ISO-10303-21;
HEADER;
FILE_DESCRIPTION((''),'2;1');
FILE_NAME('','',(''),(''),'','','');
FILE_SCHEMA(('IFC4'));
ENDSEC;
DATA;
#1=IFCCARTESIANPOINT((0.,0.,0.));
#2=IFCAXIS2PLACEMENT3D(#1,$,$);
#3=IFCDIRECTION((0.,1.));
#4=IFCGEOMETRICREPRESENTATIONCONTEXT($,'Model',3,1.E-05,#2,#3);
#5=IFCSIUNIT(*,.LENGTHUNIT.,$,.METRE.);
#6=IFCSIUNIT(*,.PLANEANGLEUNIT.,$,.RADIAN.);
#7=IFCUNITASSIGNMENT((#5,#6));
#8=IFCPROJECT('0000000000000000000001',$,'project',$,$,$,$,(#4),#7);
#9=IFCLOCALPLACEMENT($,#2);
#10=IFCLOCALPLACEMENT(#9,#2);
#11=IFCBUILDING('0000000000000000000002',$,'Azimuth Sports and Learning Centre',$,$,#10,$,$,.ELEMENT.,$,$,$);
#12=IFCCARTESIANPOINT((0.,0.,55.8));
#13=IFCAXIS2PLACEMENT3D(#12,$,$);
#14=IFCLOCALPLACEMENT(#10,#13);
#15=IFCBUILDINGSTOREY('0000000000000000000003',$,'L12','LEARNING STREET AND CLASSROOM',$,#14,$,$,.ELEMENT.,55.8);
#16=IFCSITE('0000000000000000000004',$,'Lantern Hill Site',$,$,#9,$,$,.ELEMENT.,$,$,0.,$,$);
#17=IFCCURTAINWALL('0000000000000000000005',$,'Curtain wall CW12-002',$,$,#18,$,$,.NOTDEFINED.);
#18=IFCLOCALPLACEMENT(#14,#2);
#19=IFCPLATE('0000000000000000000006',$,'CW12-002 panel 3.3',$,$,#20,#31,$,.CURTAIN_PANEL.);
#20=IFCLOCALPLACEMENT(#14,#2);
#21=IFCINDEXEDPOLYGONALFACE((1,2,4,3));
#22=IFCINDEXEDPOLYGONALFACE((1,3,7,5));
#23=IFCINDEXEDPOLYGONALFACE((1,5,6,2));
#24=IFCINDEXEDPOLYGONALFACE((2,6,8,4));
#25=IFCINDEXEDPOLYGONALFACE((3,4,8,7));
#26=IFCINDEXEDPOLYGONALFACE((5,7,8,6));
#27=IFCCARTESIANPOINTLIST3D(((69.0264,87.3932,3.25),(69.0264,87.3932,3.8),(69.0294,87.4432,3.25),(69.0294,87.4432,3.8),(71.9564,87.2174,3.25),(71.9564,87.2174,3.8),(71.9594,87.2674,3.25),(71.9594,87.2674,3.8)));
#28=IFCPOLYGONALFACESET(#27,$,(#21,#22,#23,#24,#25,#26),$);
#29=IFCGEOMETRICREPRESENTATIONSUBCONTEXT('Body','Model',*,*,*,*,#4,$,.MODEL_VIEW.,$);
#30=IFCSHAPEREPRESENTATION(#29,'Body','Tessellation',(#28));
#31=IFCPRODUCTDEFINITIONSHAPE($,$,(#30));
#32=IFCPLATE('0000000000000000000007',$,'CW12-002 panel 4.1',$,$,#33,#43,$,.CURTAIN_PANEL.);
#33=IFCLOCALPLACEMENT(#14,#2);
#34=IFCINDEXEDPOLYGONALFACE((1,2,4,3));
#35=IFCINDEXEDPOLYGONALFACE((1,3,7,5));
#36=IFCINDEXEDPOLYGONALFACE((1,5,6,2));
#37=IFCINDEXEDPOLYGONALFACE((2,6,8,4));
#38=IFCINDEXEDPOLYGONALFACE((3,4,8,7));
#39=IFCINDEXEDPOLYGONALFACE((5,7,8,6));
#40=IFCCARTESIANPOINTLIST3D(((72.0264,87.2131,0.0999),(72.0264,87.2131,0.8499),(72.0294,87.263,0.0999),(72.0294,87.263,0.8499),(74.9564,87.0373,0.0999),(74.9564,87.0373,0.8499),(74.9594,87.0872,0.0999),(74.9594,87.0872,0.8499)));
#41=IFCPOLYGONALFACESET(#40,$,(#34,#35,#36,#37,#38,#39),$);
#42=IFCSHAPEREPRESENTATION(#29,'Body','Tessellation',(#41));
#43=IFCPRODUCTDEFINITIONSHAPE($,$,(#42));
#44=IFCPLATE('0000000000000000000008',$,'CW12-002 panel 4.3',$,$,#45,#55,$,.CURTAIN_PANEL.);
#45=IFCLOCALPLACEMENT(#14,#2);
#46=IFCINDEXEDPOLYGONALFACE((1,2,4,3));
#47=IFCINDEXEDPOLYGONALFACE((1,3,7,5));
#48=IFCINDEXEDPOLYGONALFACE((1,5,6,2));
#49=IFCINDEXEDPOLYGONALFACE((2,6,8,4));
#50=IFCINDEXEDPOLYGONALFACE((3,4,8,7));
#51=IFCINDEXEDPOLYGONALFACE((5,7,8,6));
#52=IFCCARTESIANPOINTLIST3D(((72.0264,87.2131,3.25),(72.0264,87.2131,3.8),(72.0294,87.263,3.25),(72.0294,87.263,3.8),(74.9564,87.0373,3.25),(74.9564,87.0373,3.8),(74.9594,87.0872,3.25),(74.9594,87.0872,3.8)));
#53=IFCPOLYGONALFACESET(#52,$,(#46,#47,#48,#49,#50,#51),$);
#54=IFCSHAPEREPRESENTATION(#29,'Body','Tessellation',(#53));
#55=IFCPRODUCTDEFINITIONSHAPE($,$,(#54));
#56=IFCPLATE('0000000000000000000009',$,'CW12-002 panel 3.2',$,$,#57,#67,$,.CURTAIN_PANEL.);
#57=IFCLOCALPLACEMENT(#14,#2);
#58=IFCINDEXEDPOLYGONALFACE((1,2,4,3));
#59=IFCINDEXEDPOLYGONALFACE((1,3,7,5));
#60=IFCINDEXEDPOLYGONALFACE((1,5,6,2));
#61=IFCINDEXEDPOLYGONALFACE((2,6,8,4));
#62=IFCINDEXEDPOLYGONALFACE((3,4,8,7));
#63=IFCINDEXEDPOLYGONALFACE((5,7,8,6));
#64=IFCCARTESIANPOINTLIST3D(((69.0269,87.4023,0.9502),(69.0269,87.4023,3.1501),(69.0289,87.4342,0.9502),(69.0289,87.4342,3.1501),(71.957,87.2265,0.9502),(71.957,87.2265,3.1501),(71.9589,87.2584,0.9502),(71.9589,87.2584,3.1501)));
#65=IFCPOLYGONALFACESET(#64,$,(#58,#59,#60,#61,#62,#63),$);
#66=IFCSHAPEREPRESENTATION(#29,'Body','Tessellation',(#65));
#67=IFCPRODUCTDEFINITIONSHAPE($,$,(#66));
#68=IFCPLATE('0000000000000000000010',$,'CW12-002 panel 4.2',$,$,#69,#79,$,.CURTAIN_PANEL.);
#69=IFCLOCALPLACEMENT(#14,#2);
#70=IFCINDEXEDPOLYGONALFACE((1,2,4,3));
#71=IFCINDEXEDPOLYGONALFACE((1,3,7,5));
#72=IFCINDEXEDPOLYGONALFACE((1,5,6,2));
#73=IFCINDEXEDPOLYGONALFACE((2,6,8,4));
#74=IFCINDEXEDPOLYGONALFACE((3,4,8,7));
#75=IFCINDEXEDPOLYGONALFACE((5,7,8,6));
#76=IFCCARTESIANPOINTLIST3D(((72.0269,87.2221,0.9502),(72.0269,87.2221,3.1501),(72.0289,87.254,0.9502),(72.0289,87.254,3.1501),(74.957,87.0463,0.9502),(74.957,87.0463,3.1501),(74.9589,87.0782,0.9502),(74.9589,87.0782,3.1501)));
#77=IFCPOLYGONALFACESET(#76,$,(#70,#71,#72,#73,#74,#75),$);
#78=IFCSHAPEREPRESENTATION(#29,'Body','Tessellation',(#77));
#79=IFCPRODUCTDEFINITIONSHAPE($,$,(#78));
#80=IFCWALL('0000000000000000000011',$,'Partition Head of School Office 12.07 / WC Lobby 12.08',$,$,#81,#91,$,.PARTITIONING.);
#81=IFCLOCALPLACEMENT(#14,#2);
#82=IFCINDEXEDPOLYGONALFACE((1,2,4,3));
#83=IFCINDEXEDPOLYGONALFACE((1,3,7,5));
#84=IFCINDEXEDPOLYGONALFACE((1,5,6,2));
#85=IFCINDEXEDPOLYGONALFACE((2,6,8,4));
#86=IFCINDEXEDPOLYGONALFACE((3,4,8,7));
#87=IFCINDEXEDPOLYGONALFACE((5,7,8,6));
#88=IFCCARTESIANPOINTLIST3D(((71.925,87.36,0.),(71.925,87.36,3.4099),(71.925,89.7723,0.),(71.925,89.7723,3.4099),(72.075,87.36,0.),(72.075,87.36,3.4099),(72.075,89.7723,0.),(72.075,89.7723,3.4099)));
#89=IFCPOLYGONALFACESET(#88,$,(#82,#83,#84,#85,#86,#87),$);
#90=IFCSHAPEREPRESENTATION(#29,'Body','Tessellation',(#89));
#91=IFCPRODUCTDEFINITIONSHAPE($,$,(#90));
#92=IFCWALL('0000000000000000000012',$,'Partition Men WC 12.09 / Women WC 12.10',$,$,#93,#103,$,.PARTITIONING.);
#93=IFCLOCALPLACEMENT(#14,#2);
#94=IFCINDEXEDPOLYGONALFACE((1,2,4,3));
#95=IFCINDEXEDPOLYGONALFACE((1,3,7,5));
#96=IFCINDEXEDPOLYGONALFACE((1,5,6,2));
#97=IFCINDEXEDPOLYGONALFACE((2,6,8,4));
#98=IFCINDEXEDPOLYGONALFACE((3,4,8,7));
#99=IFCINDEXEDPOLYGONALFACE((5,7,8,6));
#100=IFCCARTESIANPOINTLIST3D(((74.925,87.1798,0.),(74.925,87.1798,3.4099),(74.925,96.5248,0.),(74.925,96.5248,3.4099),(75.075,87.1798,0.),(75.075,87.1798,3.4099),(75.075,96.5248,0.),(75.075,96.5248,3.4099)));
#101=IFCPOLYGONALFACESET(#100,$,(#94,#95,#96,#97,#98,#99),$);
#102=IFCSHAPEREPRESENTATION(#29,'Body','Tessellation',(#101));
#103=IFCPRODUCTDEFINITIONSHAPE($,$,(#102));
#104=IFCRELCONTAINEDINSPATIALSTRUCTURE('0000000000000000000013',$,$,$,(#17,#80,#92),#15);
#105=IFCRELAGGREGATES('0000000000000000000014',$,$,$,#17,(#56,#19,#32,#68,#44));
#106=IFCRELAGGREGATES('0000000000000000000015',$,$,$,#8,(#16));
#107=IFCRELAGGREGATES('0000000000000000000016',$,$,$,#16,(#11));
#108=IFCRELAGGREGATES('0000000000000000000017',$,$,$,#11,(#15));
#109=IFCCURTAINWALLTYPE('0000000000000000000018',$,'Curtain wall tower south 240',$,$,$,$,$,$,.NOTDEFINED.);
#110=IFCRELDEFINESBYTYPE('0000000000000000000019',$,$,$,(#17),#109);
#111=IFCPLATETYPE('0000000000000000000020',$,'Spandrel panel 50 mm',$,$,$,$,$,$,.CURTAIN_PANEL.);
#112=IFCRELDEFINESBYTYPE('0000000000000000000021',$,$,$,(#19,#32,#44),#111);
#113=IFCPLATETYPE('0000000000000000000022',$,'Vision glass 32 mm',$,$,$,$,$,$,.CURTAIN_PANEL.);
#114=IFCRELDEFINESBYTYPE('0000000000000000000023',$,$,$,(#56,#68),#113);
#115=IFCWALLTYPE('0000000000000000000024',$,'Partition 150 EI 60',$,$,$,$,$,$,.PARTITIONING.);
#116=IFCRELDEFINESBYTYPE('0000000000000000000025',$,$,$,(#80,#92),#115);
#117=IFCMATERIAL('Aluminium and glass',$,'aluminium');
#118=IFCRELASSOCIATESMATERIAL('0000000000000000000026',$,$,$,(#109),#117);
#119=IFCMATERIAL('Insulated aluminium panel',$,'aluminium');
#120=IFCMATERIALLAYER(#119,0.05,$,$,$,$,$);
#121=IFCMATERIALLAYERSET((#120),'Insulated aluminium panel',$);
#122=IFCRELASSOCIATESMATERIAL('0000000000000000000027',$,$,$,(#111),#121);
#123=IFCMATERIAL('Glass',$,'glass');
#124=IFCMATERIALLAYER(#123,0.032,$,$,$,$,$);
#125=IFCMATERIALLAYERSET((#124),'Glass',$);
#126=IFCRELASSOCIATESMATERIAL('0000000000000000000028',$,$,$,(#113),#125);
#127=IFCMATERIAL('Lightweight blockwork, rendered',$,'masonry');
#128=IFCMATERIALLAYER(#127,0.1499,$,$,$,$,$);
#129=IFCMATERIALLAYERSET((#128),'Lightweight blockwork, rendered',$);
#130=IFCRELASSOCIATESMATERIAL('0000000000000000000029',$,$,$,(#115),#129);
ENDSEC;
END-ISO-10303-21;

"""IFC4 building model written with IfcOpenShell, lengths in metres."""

from ifc_helpers import new_model, si_unit, direction, frame, frame_2d, origin, origin_2d, place, context, subcontext, project, spatial, rectangle, extrude, material, layer, layer_set, type_object, element, aggregate, save


model = new_model("IFC4")

# Units and contexts
model_context = context("Model", 3, precision=1e-05, world=origin(), true_north=direction((0.0, 1.0)))
body_context = subcontext(model_context, "Body", "Model", "MODEL_VIEW")
ifc_project = project(units=[si_unit("LENGTHUNIT", "METRE"), si_unit("PLANEANGLEUNIT", "RADIAN")], contexts=[model_context])

# Site, building, storey
site_placement = place(None, origin())
site = spatial("IfcSite", under=ifc_project, at=site_placement, Name="Lantern Hill Site", CompositionType="ELEMENT", RefElevation=0.0)
building_placement = place(site_placement, origin())
building = spatial("IfcBuilding", under=site, at=building_placement, Name="Azimuth Sports and Learning Centre", CompositionType="ELEMENT")
storey_placement = place(building_placement, frame((0.0, 0.0, 55.8)))
storey = spatial("IfcBuildingStorey", under=building, at=storey_placement, Name="L12", Description="LEARNING STREET AND CLASSROOM", CompositionType="ELEMENT", Elevation=55.8)

# Curtain wall, plates
ifc_material_1 = material(Name="Aluminium and glass", Category="aluminium")
curtain_wall_type = type_object("IfcCurtainWallType", Name="Curtain wall tower south 240", PredefinedType="NOTDEFINED", material=ifc_material_1)
curtain_wall_placement = place(storey_placement, origin())
curtain_wall = element("IfcCurtainWall", 1, at=curtain_wall_placement, inside=storey, type_object=curtain_wall_type, Name="Curtain wall CW12-002", PredefinedType="NOTDEFINED")
ifc_material_2 = material(Name="Insulated aluminium panel", Category="aluminium")
ifc_layer_1 = layer(ifc_material_2, 0.05)
ifc_layer_set_1 = layer_set([ifc_layer_1], Name="Insulated aluminium panel")
plate_type_1 = type_object("IfcPlateType", Name="Spandrel panel 50 mm", PredefinedType="CURTAIN_PANEL", material=ifc_layer_set_1)
plate_1_placement = place(storey_placement, frame((70.4929, 87.3303, 3.25), z_axis=(0.0, 0.0, 1.0), x_axis=(0.998205, -0.059892, 0.0)))
plate_1 = element("IfcPlate", 2, at=plate_1_placement, type_object=plate_type_1, Name="CW12-002 panel 3.3", PredefinedType="CURTAIN_PANEL", context=body_context, shape_type="SweptSolid", body=[
    extrude(rectangle(XDim=2.9353, YDim=0.05, at=origin_2d()), origin(), (0.0, 0.0, 1.0), 0.55),
])
plate_2_placement = place(storey_placement, frame((73.4929, 87.1501, 0.0999), z_axis=(0.0, 0.0, 1.0), x_axis=(0.998205, -0.059892, 0.0)))
plate_2 = element("IfcPlate", 3, at=plate_2_placement, type_object=plate_type_1, Name="CW12-002 panel 4.1", PredefinedType="CURTAIN_PANEL", context=body_context, shape_type="SweptSolid", body=[
    extrude(rectangle(XDim=2.9353, YDim=0.05, at=origin_2d()), origin(), (0.0, 0.0, 1.0), 0.75),
])
plate_3_placement = place(storey_placement, frame((73.4929, 87.1501, 3.25), z_axis=(0.0, 0.0, 1.0), x_axis=(0.998205, -0.059892, 0.0)))
plate_3 = element("IfcPlate", 4, at=plate_3_placement, type_object=plate_type_1, Name="CW12-002 panel 4.3", PredefinedType="CURTAIN_PANEL", context=body_context, shape_type="SweptSolid", body=[
    extrude(rectangle(XDim=2.9353, YDim=0.05, at=origin_2d()), origin(), (0.0, 0.0, 1.0), 0.55),
])
ifc_material_3 = material(Name="Glass", Category="glass")
ifc_layer_2 = layer(ifc_material_3, 0.032)
ifc_layer_set_2 = layer_set([ifc_layer_2], Name="Glass")
plate_type_2 = type_object("IfcPlateType", Name="Vision glass 32 mm", PredefinedType="CURTAIN_PANEL", material=ifc_layer_set_2)
plate_4_placement = place(storey_placement, frame((70.4929, 87.3303, 0.9502), z_axis=(0.0, 0.0, 1.0), x_axis=(0.998205, -0.059892, 0.0)))
plate_4 = element("IfcPlate", 5, at=plate_4_placement, type_object=plate_type_2, Name="CW12-002 panel 3.2", PredefinedType="CURTAIN_PANEL", context=body_context, shape_type="SweptSolid", body=[
    extrude(rectangle(XDim=2.9353, YDim=0.032, at=origin_2d()), origin(), (0.0, 0.0, 1.0), 2.2),
])
plate_5_placement = place(storey_placement, frame((73.4929, 87.1501, 0.9502), z_axis=(0.0, 0.0, 1.0), x_axis=(0.998205, -0.059892, 0.0)))
plate_5 = element("IfcPlate", 6, at=plate_5_placement, type_object=plate_type_2, Name="CW12-002 panel 4.2", PredefinedType="CURTAIN_PANEL", context=body_context, shape_type="SweptSolid", body=[
    extrude(rectangle(XDim=2.9353, YDim=0.032, at=origin_2d()), origin(), (0.0, 0.0, 1.0), 2.2),
])
aggregate(curtain_wall, [plate_4, plate_1, plate_2, plate_5, plate_3])

# Walls
ifc_material_4 = material(Name="Lightweight blockwork, rendered", Category="masonry")
ifc_layer_3 = layer(ifc_material_4, 0.1499)
ifc_layer_set_3 = layer_set([ifc_layer_3], Name="Lightweight blockwork, rendered")
wall_type = type_object("IfcWallType", Name="Partition 150 EI 60", PredefinedType="PARTITIONING", material=ifc_layer_set_3)
wall_1_placement = place(storey_placement, frame((72.0, 87.3601, 0.0), z_axis=(0.0, 0.0, 1.0), x_axis=(0.0, 1.0, 0.0)))
element("IfcWall", 7, at=wall_1_placement, inside=storey, type_object=wall_type, Name="Partition Head of School Office 12.07 / WC Lobby 12.08", PredefinedType="PARTITIONING", context=body_context, shape_type="SweptSolid", body=[
    extrude(rectangle(XDim=2.4124, YDim=0.1499, at=frame_2d((1.2061, 0.0))), origin(), (0.0, 0.0, 1.0), 3.4099),
])
wall_2_placement = place(storey_placement, frame((75.0, 87.1799, 0.0), z_axis=(0.0, 0.0, 1.0), x_axis=(0.0, 1.0, 0.0)))
element("IfcWall", 8, at=wall_2_placement, inside=storey, type_object=wall_type, Name="Partition Men WC 12.09 / Women WC 12.10", PredefinedType="PARTITIONING", context=body_context, shape_type="SweptSolid", body=[
    extrude(rectangle(XDim=9.345, YDim=0.1499, at=frame_2d((4.6724, 0.0))), origin(), (0.0, 0.0, 1.0), 3.4099),
])

save(model, "model.ifc")
